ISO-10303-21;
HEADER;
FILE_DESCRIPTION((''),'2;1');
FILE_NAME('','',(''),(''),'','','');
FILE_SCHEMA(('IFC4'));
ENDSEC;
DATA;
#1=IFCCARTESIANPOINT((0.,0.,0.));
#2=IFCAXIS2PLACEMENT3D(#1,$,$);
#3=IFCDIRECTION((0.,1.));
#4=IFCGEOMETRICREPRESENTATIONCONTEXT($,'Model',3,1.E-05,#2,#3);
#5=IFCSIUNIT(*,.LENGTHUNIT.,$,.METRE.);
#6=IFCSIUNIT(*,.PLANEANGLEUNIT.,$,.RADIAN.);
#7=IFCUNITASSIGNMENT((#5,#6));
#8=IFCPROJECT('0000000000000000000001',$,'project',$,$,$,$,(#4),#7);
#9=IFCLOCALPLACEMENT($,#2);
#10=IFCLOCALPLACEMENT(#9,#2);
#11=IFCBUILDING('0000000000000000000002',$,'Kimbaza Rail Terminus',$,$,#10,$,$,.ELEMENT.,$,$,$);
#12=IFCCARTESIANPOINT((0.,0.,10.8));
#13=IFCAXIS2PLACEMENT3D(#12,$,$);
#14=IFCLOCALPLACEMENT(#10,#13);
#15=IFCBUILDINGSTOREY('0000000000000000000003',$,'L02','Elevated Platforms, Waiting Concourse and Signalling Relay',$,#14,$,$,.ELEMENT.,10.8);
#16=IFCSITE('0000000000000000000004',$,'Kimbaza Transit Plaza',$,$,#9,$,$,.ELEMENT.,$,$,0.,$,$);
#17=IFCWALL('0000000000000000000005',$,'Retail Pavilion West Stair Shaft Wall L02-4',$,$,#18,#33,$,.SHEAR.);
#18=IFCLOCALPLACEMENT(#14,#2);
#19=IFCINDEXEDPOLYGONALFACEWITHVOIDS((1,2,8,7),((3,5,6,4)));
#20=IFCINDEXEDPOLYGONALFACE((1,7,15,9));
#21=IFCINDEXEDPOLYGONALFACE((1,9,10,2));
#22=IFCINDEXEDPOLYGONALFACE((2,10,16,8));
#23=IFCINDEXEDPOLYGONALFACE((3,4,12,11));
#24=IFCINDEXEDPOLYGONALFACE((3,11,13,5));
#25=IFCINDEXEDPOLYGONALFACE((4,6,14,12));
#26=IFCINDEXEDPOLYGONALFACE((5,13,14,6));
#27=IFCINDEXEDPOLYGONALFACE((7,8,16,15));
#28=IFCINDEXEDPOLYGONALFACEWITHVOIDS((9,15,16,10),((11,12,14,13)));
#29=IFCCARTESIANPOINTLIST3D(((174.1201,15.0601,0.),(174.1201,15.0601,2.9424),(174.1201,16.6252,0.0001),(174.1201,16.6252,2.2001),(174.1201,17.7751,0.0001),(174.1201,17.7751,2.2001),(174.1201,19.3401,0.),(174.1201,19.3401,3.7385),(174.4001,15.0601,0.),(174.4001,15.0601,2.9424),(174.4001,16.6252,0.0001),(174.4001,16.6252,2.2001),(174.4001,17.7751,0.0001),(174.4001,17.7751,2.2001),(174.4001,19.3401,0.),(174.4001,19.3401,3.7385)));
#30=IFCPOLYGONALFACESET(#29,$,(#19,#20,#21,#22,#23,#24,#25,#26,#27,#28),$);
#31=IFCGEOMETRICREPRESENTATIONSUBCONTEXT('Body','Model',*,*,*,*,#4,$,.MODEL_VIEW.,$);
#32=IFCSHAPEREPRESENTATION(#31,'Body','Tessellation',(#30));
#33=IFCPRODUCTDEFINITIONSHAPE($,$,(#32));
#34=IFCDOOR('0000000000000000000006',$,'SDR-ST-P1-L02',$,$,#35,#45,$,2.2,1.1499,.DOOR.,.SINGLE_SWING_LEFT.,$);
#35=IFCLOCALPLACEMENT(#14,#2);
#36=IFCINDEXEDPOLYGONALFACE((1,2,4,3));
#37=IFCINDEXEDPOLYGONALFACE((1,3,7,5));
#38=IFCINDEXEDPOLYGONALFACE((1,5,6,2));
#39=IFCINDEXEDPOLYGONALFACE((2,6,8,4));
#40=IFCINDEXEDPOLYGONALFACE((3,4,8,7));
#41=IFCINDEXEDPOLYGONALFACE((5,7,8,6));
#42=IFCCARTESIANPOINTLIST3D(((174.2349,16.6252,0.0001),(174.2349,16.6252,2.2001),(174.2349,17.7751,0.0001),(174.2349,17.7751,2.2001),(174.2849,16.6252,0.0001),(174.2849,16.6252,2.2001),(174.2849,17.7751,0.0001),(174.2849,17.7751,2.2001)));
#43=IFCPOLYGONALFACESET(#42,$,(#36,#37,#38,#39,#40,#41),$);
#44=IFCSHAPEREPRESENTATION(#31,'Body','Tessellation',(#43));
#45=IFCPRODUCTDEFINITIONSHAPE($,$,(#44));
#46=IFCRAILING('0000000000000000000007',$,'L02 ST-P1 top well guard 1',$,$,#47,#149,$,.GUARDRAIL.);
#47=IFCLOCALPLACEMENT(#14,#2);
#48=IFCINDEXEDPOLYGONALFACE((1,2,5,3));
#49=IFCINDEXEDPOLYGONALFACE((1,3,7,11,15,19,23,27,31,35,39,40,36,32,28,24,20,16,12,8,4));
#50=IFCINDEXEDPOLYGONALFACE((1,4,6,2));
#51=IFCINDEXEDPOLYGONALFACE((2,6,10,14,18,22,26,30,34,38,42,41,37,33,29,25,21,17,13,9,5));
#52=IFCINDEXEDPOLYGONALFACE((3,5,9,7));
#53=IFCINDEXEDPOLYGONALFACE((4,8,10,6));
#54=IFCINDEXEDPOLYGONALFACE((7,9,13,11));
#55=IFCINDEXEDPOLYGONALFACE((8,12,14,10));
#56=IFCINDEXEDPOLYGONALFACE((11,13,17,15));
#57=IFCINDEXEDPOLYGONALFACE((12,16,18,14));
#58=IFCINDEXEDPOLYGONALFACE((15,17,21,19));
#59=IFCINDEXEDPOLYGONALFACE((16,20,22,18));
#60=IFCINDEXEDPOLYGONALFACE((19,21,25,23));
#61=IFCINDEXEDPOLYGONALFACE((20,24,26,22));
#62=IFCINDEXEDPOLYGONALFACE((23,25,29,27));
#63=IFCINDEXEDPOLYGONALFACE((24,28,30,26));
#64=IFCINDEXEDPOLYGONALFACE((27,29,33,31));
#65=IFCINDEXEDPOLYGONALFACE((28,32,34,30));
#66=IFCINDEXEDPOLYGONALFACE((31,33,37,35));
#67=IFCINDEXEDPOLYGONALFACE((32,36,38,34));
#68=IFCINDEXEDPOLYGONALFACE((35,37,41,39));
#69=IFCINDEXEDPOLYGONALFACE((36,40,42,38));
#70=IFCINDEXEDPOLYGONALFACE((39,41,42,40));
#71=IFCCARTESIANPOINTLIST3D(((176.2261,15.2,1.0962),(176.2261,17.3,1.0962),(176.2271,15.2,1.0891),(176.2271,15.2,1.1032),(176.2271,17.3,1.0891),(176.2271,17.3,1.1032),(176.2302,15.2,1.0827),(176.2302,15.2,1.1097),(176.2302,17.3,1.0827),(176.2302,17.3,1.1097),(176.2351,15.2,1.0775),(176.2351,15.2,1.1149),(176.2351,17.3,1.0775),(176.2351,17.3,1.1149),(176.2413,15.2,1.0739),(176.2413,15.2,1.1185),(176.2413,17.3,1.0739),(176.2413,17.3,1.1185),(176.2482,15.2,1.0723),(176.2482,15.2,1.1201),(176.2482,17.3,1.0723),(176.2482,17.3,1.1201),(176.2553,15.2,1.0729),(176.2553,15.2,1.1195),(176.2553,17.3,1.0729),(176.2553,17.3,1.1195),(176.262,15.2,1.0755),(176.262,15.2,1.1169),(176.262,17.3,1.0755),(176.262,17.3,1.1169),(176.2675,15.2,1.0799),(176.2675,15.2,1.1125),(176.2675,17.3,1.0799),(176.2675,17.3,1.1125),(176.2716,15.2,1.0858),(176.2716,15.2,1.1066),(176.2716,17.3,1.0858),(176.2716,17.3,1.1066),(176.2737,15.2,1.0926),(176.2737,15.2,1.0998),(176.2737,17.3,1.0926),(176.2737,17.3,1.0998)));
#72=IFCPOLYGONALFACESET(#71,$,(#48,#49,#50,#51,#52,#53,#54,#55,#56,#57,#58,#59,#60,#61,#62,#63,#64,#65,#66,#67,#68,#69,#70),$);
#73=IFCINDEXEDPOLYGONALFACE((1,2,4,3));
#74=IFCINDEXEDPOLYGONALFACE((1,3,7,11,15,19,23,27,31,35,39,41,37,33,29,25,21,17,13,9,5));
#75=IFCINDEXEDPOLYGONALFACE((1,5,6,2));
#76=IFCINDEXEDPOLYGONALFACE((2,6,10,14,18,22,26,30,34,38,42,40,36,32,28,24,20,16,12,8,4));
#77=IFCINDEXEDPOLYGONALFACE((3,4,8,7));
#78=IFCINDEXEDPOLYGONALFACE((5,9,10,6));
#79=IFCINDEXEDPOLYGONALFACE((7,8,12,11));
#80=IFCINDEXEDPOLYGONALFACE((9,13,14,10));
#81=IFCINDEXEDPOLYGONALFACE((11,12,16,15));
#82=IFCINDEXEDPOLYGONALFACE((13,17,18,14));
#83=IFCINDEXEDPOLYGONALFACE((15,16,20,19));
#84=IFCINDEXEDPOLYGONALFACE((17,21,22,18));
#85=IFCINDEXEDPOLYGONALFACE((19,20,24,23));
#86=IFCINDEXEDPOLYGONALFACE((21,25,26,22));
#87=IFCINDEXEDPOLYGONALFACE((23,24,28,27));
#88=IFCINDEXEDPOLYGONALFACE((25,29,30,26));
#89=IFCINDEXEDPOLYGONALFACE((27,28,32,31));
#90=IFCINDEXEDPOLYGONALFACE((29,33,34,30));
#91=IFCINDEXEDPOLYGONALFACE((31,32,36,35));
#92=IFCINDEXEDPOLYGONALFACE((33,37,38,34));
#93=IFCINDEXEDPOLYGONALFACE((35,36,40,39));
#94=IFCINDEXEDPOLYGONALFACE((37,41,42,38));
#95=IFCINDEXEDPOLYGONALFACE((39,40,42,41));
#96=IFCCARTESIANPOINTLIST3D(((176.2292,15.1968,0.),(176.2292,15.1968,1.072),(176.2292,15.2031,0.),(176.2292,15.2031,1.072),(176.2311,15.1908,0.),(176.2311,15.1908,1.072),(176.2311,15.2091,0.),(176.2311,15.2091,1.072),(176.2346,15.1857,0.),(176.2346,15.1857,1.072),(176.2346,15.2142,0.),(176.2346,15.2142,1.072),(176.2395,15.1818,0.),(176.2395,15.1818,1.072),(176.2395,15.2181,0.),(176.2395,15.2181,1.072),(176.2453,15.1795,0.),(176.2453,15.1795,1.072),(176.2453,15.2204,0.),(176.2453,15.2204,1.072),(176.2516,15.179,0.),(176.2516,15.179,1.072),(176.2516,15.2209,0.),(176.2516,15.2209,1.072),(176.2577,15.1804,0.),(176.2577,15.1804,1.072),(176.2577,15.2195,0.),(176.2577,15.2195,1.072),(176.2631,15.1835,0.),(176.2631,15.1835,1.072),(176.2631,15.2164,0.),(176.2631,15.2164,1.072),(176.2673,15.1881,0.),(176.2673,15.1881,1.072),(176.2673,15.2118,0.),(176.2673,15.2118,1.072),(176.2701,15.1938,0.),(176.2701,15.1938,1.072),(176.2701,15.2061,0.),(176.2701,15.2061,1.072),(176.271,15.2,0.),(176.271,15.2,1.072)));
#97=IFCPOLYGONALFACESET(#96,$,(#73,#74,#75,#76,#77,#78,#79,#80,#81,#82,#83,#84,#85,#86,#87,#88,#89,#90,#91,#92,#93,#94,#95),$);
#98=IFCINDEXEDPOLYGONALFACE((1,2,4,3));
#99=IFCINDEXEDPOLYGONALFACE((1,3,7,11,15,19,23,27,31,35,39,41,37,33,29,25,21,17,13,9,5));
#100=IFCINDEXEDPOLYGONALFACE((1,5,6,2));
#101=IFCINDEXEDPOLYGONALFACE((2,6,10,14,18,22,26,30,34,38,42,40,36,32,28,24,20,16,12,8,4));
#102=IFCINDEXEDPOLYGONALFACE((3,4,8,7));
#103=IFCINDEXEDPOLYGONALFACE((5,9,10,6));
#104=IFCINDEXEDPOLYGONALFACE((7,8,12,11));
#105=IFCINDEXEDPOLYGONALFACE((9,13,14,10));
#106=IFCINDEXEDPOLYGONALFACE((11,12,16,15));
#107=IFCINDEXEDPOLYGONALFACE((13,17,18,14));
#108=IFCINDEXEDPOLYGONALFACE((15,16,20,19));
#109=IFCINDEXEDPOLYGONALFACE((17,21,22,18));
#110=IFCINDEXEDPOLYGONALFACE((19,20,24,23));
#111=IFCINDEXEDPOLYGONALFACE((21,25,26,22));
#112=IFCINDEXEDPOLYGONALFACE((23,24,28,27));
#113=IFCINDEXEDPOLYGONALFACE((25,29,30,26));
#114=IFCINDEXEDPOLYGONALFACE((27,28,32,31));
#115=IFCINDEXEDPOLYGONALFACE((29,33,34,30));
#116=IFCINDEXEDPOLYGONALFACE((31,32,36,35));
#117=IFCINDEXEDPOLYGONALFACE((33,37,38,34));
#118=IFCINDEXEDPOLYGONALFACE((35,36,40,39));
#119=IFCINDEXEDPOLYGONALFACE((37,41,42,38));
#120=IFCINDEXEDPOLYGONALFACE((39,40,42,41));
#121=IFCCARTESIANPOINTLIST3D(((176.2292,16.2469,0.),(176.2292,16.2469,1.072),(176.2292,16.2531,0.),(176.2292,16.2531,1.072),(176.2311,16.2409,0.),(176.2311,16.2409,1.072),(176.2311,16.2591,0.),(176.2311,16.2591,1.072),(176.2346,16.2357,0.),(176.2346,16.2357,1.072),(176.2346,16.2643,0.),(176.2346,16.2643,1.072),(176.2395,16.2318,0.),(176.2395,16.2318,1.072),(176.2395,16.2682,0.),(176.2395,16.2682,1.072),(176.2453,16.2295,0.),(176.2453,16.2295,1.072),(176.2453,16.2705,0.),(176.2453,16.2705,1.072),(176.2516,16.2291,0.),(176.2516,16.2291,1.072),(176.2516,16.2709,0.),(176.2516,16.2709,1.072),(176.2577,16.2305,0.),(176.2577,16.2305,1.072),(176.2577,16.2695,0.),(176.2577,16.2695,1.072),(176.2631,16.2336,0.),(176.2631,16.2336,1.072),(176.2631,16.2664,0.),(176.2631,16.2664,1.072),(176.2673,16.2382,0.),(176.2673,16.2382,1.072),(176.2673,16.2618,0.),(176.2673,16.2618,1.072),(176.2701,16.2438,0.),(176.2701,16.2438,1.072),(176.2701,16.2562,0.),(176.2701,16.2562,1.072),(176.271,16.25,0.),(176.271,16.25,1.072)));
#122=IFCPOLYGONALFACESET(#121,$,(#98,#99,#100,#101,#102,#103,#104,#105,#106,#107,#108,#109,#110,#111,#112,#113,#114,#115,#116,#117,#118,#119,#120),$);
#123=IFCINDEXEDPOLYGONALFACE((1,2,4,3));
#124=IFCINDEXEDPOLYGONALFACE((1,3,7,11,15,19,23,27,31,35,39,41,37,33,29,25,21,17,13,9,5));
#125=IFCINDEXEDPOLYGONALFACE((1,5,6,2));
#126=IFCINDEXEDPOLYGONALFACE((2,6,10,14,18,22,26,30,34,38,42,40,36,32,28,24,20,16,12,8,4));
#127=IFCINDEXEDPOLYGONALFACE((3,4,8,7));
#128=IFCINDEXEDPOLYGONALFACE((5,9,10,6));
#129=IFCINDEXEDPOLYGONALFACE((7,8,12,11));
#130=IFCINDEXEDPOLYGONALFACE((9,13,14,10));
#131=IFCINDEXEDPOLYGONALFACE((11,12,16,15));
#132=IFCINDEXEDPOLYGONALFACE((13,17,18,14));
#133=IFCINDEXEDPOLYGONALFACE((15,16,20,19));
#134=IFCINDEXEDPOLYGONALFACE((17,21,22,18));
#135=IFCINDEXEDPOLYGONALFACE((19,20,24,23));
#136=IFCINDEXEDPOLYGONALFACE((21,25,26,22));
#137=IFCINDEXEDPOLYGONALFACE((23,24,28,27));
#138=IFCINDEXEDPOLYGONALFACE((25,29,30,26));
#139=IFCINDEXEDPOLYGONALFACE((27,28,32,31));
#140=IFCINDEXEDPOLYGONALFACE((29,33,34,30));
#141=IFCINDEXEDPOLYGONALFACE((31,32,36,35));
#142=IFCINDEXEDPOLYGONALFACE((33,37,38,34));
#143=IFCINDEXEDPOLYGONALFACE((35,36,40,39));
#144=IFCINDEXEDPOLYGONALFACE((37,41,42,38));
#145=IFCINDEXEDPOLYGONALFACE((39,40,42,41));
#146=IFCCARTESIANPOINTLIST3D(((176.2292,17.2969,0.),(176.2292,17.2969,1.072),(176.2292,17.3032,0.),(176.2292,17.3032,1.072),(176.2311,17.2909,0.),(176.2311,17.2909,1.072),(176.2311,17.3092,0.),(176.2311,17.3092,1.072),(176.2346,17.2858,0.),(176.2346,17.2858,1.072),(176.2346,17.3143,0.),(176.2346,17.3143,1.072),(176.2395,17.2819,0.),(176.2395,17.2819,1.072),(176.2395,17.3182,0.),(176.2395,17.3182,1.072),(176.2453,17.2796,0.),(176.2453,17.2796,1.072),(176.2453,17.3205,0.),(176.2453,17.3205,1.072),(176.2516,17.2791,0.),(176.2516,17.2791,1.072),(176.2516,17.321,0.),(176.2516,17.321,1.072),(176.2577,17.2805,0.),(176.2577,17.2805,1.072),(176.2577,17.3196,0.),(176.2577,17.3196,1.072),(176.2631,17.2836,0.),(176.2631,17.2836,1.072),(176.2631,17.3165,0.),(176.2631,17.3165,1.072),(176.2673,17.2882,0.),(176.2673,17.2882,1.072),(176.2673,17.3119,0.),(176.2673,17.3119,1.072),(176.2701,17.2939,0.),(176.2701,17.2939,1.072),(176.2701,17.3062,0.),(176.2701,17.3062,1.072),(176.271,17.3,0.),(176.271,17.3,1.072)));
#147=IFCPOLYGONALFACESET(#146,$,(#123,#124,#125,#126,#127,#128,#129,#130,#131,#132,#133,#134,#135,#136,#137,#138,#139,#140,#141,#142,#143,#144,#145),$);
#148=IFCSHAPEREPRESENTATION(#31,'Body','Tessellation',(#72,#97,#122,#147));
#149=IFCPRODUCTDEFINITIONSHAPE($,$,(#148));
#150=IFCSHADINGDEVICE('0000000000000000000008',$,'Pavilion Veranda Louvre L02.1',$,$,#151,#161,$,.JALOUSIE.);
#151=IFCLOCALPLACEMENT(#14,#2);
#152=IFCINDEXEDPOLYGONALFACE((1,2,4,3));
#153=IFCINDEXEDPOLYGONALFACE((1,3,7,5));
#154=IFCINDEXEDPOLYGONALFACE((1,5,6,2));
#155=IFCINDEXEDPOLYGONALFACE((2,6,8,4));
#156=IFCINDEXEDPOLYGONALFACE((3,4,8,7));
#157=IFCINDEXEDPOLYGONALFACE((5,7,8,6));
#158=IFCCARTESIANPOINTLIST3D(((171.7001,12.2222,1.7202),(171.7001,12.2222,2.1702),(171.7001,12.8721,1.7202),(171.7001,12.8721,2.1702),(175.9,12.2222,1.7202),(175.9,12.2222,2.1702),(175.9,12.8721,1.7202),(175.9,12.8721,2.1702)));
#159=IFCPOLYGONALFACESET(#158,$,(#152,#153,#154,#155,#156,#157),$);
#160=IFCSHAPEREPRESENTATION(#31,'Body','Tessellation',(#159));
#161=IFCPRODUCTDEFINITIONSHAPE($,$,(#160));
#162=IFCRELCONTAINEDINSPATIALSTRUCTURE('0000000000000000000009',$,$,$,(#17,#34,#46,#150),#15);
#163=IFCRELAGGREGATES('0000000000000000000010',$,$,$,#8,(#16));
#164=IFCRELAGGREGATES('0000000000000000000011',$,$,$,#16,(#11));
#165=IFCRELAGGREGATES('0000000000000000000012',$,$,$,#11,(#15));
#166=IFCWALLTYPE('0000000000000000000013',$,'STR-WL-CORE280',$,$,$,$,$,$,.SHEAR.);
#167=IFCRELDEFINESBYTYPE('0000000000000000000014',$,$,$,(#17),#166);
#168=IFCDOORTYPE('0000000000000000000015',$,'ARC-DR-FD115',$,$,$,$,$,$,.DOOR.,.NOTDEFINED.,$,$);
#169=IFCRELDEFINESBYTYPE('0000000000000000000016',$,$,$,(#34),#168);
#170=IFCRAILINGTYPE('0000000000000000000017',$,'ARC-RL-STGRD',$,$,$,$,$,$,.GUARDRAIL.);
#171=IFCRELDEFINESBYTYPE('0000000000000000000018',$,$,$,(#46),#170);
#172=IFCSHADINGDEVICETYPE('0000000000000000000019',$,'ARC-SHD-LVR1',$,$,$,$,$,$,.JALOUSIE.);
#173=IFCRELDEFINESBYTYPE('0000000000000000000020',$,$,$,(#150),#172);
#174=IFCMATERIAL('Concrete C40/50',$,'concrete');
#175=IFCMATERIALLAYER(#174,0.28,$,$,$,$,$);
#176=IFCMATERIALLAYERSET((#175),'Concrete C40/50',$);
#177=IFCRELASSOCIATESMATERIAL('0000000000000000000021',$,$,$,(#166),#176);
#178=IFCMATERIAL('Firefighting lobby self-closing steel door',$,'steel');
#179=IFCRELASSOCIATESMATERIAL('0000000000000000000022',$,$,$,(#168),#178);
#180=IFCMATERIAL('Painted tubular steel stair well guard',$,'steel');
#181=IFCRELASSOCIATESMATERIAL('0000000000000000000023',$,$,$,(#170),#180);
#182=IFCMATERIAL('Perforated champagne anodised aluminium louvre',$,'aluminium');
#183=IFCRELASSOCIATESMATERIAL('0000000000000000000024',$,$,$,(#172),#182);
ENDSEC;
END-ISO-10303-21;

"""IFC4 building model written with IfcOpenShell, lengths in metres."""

from ifc_helpers import new_model, si_unit, direction, frame, frame_2d, origin, origin_2d, place, context, subcontext, project, spatial, polyline, rectangle, circle, outline, extrude, material, layer, layer_set, type_object, element, fill, save


model = new_model("IFC4")

# Units and contexts
model_context = context("Model", 3, precision=1e-05, world=origin(), true_north=direction((0.0, 1.0)))
body_context = subcontext(model_context, "Body", "Model", "MODEL_VIEW")
ifc_project = project(units=[si_unit("LENGTHUNIT", "METRE"), si_unit("PLANEANGLEUNIT", "RADIAN")], contexts=[model_context])

# Site, building, storey
site_placement = place(None, origin())
site = spatial("IfcSite", under=ifc_project, at=site_placement, Name="Kimbaza Transit Plaza", CompositionType="ELEMENT", RefElevation=0.0)
building_placement = place(site_placement, origin())
building = spatial("IfcBuilding", under=site, at=building_placement, Name="Kimbaza Rail Terminus", CompositionType="ELEMENT")
storey_placement = place(building_placement, frame((0.0, 0.0, 10.8)))
storey = spatial("IfcBuildingStorey", under=building, at=storey_placement, Name="L02", Description="Elevated Platforms, Waiting Concourse and Signalling Relay", CompositionType="ELEMENT", Elevation=10.8)

# Shared definitions
ifc_material_1 = material(Name="Concrete C40/50", Category="concrete")
ifc_layer_1 = layer(ifc_material_1, 0.28)
ifc_layer_set_1 = layer_set([ifc_layer_1], Name="Concrete C40/50")
wall_type_1 = type_object("IfcWallType", Name="STR-WL-CORE280", PredefinedType="SHEAR", material=ifc_layer_set_1)

# Wall, opening, door
wall_1_placement = place(storey_placement, frame((174.26, 19.3401, 0.0), z_axis=(0.0, 0.0, 1.0), x_axis=(0.0, -1.0, 0.0)))
wall_1 = element("IfcWall", 1, at=wall_1_placement, inside=storey, type_object=wall_type_1, Name="Retail Pavilion West Stair Shaft Wall L02-4", PredefinedType="SHEAR", context=body_context, shape_type="SweptSolid", body=[
    extrude(outline(polyline([(0.0, 0.0), (4.28, 0.0), (4.28, 2.9424), (0.0, 3.7385), (0.0, 0.0)])), frame((0.0, 0.1401, 0.0), z_axis=(0.0, -1.0, 0.0), x_axis=(1.0, 0.0, 0.0)), (0.0, 0.0, 1.0), 0.28),
])
opening_placement = place(wall_1_placement, frame((1.5649, 0.0, 0.0)))
opening = element("IfcOpeningElement", 2, at=opening_placement, cuts=wall_1, PredefinedType="OPENING", context=body_context, shape_type="SweptSolid", body=[
    extrude(rectangle(XDim=1.1499, YDim=2.2, at=frame_2d((0.575, 1.1001))), frame((0.0, 0.1499, 0.0), z_axis=(0.0, -1.0, 0.0), x_axis=(1.0, 0.0, 0.0)), (0.0, 0.0, 1.0), 0.3),
])
ifc_material_2 = material(Name="Firefighting lobby self-closing steel door", Category="steel")
door_type = type_object("IfcDoorType", Name="ARC-DR-FD115", OperationType="NOTDEFINED", PredefinedType="DOOR", material=ifc_material_2)
door_placement = place(opening_placement, origin())
door = element("IfcDoor", 3, at=door_placement, inside=storey, type_object=door_type, Name="SDR-ST-P1-L02", OperationType="SINGLE_SWING_LEFT", OverallHeight=2.2, OverallWidth=1.1499, PredefinedType="DOOR", context=body_context, shape_type="SweptSolid", body=[
    extrude(rectangle(XDim=1.1499, YDim=2.2, at=frame_2d((0.575, 1.1001))), frame((0.0, 0.0249, 0.0), z_axis=(0.0, -1.0, 0.0), x_axis=(1.0, 0.0, 0.0)), (0.0, 0.0, 1.0), 0.05),
])
fill(opening, door)

# Railing
ifc_material_3 = material(Name="Painted tubular steel stair well guard", Category="steel")
railing_type = type_object("IfcRailingType", Name="ARC-RL-STGRD", PredefinedType="GUARDRAIL", material=ifc_material_3)
railing_placement = place(storey_placement, frame((176.25, 15.2, 0.0)))
element("IfcRailing", 4, at=railing_placement, inside=storey, type_object=railing_type, Name="L02 ST-P1 top well guard 1", PredefinedType="GUARDRAIL", context=body_context, shape_type="SweptSolid", body=[
    extrude(circle(Radius=0.0239, at=origin_2d()), frame((0.0, 0.0, 1.0962), z_axis=(0.0, 1.0, 0.0), x_axis=(-1.0, 0.0, 0.0)), (0.0, 0.0, 1.0), 2.1001),
    extrude(circle(Radius=0.021, at=origin_2d()), origin(), (0.0, 0.0, 1.0), 1.072),
    extrude(circle(Radius=0.021, at=origin_2d()), frame((0.0, 1.05, 0.0)), (0.0, 0.0, 1.0), 1.072),
    extrude(circle(Radius=0.021, at=origin_2d()), frame((0.0, 2.1001, 0.0)), (0.0, 0.0, 1.0), 1.072),
])

# Shading device
ifc_material_4 = material(Name="Perforated champagne anodised aluminium louvre", Category="aluminium")
shading_device_type = type_object("IfcShadingDeviceType", Name="ARC-SHD-LVR1", PredefinedType="JALOUSIE", material=ifc_material_4)
shading_device_placement = place(storey_placement, frame((173.8, 12.5471, 1.7202), z_axis=(0.0, 0.0, 1.0), x_axis=(1.0, 0.0, 0.0)))
element("IfcShadingDevice", 5, at=shading_device_placement, inside=storey, type_object=shading_device_type, Name="Pavilion Veranda Louvre L02.1", PredefinedType="JALOUSIE", context=body_context, shape_type="SweptSolid", body=[
    extrude(rectangle(XDim=4.2, YDim=0.6499, at=origin_2d()), origin(), (0.0, 0.0, 1.0), 0.45),
])

save(model, "model.ifc")
